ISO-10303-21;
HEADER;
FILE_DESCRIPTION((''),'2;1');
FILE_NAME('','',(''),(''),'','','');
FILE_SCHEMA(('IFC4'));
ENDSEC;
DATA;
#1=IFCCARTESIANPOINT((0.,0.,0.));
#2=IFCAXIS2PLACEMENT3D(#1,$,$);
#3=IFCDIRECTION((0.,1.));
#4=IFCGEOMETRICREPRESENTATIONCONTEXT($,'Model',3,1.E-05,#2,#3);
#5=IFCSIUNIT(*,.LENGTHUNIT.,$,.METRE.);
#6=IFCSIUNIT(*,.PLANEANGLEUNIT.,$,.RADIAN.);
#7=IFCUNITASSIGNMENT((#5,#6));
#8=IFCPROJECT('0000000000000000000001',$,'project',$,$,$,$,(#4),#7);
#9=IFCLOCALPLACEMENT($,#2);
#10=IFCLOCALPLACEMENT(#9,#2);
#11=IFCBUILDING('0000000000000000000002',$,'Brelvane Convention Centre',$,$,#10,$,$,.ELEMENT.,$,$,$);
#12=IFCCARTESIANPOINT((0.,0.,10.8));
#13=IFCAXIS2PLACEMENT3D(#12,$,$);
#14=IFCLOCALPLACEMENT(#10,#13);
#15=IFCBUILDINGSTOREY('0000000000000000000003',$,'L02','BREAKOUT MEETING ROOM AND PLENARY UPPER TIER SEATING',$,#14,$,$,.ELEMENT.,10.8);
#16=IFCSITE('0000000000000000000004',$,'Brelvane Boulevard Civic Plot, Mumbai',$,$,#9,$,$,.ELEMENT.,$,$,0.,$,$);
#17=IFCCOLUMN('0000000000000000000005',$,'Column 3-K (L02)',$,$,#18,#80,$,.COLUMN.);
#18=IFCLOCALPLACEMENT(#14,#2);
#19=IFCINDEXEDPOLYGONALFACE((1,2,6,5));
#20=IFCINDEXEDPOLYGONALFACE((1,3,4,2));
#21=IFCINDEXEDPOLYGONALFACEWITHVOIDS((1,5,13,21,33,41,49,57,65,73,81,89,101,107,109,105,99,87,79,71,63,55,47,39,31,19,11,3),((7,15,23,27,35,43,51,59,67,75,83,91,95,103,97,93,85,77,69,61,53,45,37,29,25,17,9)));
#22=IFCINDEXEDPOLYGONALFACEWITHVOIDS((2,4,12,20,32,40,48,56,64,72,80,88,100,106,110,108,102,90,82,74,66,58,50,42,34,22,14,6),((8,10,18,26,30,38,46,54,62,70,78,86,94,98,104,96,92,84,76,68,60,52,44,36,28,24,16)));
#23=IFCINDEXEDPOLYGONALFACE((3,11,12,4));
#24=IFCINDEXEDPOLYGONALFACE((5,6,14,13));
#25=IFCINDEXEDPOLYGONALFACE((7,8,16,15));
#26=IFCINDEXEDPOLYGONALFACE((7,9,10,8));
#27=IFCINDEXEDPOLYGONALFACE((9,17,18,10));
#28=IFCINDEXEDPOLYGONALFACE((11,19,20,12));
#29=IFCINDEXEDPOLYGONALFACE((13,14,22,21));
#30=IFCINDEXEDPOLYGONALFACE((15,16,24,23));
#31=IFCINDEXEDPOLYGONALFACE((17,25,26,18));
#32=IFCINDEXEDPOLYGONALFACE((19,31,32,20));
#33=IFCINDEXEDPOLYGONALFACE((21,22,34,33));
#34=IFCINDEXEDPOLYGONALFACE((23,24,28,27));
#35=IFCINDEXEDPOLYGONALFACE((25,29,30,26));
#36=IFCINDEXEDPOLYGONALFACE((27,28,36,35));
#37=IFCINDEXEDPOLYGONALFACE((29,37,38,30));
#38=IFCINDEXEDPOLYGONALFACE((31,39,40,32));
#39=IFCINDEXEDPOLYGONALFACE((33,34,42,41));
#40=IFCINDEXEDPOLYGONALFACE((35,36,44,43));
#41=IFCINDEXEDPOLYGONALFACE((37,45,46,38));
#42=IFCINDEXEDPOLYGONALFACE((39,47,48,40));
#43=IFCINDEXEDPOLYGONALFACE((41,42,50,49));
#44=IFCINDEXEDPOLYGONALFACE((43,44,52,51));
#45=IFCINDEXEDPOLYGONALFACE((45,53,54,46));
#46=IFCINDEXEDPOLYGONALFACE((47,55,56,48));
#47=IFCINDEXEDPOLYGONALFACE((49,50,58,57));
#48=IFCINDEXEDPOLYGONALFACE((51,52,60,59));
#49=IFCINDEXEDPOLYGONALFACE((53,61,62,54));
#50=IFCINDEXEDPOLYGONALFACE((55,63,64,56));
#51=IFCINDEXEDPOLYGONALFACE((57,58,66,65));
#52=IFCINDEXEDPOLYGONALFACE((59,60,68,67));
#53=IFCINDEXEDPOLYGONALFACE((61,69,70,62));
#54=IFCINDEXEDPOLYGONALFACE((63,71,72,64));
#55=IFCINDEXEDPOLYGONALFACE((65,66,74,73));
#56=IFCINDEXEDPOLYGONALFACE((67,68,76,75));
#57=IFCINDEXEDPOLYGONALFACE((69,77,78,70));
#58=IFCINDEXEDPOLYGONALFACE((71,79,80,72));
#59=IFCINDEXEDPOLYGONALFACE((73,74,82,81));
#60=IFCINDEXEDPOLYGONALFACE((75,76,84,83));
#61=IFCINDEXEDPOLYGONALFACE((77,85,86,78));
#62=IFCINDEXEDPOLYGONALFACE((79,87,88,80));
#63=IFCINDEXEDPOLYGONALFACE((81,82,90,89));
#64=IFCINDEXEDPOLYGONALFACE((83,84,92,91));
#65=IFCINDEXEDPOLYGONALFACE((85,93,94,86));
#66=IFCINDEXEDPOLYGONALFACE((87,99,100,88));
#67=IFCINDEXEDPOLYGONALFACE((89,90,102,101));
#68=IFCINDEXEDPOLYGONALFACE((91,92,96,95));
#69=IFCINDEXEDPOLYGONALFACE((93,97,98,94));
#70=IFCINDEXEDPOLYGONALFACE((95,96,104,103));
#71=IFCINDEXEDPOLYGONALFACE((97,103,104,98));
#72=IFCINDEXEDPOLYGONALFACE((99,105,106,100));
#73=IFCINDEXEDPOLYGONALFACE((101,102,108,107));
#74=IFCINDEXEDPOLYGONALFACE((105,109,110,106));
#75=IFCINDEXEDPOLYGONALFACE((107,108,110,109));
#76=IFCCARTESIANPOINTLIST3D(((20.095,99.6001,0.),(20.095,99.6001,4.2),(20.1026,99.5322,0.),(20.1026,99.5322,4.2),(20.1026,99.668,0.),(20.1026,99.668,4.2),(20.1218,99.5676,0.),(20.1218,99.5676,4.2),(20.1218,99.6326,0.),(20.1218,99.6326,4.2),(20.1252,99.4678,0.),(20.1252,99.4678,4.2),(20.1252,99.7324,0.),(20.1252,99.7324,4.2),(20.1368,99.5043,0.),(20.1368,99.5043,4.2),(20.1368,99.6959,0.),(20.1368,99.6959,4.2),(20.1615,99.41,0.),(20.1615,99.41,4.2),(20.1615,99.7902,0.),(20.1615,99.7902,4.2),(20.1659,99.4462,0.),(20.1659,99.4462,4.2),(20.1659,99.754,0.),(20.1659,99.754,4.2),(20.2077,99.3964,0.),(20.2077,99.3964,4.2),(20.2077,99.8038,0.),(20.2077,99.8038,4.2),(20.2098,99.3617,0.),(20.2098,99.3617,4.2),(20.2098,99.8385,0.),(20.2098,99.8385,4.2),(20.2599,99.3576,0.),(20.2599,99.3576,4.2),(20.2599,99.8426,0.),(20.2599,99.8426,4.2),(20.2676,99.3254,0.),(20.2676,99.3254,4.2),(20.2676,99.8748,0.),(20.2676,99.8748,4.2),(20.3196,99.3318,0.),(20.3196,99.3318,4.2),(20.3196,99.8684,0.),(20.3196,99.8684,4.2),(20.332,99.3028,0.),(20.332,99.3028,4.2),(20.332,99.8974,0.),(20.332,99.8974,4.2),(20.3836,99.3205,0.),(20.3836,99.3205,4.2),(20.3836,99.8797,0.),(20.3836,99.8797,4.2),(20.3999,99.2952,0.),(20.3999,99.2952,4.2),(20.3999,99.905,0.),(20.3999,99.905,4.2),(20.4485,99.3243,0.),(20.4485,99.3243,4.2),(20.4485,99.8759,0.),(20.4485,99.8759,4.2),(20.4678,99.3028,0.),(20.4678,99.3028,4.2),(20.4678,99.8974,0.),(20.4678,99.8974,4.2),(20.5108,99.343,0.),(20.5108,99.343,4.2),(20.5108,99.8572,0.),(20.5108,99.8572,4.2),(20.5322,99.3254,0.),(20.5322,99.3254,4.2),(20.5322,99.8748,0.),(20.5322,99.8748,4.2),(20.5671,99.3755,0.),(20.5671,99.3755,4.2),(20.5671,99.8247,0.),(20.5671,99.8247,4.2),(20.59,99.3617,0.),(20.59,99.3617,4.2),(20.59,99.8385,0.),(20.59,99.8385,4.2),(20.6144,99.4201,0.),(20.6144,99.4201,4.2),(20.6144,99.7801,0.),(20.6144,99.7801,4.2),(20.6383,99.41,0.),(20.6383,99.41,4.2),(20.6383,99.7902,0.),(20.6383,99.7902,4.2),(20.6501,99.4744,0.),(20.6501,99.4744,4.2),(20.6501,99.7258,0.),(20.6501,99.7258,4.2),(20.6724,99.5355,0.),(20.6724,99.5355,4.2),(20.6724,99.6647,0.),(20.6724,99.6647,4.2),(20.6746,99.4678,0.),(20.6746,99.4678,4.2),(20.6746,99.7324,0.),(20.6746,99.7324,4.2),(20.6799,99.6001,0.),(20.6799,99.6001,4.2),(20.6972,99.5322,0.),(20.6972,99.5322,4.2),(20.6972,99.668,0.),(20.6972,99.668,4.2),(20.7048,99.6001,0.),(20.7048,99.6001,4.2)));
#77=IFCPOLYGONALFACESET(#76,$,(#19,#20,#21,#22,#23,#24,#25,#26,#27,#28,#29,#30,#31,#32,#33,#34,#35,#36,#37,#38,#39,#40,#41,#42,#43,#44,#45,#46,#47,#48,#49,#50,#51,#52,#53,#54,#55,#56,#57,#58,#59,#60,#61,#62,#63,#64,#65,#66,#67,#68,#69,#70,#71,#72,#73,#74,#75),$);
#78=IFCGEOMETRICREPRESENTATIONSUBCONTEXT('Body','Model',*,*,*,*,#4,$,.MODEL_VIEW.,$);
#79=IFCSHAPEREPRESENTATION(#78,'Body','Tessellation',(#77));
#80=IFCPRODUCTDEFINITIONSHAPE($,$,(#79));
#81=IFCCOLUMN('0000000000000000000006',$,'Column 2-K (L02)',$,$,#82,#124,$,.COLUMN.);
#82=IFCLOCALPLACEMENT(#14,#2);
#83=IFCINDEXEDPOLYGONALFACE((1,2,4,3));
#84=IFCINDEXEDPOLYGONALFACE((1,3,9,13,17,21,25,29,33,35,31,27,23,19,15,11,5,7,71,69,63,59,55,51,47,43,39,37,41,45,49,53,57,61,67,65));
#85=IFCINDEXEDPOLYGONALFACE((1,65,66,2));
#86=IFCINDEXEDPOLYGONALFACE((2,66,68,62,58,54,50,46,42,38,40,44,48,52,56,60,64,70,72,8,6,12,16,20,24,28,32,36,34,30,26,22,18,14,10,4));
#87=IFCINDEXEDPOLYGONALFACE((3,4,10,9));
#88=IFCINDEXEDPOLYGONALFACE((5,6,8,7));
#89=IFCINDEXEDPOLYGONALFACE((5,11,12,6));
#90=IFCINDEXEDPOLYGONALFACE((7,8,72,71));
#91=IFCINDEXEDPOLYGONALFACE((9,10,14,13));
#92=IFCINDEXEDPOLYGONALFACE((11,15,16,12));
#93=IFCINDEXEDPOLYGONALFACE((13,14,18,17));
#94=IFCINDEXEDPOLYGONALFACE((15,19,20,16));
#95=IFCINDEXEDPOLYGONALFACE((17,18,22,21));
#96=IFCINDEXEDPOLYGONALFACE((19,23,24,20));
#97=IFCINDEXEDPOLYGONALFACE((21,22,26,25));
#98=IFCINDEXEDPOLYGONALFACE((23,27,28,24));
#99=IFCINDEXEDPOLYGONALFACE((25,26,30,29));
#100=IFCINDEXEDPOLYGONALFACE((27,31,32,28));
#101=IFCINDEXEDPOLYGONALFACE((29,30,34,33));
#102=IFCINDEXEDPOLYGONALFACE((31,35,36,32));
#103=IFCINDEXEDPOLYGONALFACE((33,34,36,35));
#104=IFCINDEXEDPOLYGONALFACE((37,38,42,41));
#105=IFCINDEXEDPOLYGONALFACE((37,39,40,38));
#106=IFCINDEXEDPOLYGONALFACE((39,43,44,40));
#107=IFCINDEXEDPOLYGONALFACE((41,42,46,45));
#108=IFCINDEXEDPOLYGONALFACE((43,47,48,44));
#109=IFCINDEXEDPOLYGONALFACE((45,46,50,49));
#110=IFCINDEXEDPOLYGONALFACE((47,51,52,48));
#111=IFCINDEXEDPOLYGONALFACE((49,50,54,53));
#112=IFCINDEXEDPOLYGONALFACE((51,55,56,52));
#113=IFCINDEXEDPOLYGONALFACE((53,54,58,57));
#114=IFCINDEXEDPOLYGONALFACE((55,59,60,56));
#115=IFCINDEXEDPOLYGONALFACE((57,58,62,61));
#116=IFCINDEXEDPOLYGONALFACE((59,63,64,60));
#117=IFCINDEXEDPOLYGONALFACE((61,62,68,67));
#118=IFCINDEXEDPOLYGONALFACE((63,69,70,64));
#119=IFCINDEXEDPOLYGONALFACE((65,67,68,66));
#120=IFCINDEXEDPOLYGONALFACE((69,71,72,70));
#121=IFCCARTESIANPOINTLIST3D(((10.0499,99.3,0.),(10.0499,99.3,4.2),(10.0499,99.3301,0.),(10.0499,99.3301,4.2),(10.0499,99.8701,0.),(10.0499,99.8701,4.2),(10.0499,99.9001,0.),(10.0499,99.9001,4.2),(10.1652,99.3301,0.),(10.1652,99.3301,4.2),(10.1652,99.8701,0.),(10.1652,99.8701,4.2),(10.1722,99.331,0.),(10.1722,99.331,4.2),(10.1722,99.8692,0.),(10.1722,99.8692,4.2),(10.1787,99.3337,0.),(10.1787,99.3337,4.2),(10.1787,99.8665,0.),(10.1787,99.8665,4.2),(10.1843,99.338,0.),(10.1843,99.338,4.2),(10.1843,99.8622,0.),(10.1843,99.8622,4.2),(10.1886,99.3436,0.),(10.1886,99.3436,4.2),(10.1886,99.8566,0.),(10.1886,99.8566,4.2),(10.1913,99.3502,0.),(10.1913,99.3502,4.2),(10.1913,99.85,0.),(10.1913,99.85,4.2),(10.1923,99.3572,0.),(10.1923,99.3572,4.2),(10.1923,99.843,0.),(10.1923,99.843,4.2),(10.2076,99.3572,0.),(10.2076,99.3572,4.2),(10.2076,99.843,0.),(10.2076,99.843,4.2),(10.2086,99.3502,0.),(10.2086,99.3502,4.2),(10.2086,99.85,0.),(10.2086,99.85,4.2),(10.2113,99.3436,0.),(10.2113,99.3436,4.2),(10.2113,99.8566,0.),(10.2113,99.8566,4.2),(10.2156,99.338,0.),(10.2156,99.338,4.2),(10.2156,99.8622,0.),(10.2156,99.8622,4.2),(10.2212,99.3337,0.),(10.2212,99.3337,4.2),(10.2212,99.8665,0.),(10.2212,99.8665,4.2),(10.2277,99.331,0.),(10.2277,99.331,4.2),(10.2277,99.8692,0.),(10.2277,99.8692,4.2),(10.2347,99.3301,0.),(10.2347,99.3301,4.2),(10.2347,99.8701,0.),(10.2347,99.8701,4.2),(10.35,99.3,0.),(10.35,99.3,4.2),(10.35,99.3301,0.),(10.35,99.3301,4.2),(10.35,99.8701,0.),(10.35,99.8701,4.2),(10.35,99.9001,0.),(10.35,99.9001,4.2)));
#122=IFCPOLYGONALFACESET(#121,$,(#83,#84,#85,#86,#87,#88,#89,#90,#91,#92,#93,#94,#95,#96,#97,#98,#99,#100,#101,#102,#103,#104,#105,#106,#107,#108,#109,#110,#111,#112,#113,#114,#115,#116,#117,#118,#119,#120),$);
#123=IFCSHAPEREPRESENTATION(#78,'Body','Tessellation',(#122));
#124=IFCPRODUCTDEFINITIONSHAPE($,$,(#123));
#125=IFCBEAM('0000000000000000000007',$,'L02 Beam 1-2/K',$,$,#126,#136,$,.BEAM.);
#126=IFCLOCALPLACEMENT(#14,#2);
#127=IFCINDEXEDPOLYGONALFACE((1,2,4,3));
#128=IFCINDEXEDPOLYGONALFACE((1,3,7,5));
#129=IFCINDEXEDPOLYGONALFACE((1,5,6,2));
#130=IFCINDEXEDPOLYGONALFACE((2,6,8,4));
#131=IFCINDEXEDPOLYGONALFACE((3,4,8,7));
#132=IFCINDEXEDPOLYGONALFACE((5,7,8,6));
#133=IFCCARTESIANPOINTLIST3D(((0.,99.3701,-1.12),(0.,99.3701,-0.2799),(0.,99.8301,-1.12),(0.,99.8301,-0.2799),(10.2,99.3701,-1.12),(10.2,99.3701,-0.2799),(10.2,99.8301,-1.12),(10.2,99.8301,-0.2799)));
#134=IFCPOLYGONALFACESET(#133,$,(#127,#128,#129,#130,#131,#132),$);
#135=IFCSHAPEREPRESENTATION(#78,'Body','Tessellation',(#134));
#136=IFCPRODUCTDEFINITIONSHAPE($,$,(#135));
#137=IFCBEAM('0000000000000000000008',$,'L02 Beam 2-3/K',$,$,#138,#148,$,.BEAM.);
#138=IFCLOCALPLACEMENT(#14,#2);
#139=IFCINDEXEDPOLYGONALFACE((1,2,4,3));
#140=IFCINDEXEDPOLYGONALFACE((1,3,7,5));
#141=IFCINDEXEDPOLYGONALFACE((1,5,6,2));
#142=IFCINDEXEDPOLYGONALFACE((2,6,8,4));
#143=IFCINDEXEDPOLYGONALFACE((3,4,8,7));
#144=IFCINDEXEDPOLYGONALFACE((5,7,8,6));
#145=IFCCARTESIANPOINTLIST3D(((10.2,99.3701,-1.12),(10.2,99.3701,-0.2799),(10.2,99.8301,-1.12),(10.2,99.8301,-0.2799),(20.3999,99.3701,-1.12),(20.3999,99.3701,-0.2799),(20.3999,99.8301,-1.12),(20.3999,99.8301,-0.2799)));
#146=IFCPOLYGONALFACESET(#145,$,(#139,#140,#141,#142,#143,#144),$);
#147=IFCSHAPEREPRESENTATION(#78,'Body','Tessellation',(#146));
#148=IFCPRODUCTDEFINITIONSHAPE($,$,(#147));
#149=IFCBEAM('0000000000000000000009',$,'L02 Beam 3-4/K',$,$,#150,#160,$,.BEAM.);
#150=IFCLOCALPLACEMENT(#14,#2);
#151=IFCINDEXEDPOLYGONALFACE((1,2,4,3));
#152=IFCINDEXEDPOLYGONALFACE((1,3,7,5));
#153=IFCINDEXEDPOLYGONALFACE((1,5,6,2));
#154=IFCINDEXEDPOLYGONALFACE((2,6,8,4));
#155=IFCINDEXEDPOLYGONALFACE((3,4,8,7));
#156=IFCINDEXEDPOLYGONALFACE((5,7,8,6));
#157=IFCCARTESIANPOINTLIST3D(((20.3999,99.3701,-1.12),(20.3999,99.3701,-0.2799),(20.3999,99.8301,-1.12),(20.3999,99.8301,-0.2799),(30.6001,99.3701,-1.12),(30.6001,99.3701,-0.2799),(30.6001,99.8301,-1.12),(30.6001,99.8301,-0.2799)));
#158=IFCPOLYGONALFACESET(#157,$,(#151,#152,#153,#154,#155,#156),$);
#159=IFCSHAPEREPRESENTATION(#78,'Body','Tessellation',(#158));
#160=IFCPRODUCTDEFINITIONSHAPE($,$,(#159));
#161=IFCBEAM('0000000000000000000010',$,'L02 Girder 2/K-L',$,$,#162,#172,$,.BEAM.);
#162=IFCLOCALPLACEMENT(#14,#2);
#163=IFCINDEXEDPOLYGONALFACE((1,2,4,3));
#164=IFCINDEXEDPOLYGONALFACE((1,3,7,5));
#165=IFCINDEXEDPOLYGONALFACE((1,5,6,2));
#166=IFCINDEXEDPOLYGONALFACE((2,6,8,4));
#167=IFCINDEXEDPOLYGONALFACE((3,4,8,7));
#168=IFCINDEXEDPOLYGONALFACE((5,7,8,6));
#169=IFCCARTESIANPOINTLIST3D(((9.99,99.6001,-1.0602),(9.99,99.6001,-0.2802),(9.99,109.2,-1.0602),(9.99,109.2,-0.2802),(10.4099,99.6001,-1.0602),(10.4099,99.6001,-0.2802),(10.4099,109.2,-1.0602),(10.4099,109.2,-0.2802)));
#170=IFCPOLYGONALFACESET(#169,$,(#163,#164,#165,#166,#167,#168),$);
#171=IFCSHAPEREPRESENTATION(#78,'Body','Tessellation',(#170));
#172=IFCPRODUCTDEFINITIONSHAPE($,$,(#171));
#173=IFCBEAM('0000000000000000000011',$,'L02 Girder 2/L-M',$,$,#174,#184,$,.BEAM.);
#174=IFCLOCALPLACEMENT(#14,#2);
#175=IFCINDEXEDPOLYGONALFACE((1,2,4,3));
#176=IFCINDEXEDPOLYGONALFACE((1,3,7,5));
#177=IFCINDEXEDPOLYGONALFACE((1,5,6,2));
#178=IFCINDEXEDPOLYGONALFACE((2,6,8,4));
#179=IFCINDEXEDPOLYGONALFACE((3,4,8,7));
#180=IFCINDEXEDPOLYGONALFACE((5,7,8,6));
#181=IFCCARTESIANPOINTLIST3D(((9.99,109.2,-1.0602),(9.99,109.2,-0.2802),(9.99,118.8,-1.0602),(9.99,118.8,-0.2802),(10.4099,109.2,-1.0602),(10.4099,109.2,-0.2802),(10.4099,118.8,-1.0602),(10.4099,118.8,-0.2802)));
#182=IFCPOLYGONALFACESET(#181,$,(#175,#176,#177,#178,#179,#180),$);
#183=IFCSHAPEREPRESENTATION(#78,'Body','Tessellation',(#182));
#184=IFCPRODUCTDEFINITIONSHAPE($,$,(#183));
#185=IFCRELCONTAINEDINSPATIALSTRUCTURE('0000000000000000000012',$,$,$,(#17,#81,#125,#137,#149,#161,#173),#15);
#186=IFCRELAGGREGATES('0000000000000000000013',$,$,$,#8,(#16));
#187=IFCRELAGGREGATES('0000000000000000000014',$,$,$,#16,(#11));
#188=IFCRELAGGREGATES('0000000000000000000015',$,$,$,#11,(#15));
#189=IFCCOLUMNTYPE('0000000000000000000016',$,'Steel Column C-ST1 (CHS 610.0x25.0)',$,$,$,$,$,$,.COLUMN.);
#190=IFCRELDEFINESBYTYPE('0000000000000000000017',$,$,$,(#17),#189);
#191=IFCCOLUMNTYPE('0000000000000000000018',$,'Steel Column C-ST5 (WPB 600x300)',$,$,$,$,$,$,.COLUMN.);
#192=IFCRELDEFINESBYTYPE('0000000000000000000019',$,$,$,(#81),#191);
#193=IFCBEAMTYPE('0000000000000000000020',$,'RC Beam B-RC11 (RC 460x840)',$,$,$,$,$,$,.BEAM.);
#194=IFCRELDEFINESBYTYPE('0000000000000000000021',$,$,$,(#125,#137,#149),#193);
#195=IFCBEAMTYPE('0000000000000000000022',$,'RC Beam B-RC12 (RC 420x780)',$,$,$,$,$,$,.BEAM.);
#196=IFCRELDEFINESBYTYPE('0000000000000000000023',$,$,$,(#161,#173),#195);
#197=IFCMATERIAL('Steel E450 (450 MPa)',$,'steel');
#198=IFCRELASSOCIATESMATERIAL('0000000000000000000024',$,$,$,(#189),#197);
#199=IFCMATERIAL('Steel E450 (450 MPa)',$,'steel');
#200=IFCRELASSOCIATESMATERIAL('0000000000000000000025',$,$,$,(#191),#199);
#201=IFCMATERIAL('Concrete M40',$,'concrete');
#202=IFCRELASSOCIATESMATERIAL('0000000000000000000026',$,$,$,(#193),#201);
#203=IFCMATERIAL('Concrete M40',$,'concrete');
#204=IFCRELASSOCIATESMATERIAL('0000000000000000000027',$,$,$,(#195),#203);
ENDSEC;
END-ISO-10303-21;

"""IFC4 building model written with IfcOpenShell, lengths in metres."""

from ifc_helpers import new_model, si_unit, direction, frame, origin, origin_2d, place, context, subcontext, project, spatial, rectangle, hollow_circle, i_section, extrude, material, material_profile, profile_set, type_object, element, save


model = new_model("IFC4")

# Units and contexts
model_context = context("Model", 3, precision=1e-05, world=origin(), true_north=direction((0.0, 1.0)))
body_context = subcontext(model_context, "Body", "Model", "MODEL_VIEW")
ifc_project = project(units=[si_unit("LENGTHUNIT", "METRE"), si_unit("PLANEANGLEUNIT", "RADIAN")], contexts=[model_context])

# Site, building, storey
site_placement = place(None, origin())
site = spatial("IfcSite", under=ifc_project, at=site_placement, Name="Brelvane Boulevard Civic Plot, Mumbai", CompositionType="ELEMENT", RefElevation=0.0)
building_placement = place(site_placement, origin())
building = spatial("IfcBuilding", under=site, at=building_placement, Name="Brelvane Convention Centre", CompositionType="ELEMENT")
storey_placement = place(building_placement, frame((0.0, 0.0, 10.8)))
storey = spatial("IfcBuildingStorey", under=building, at=storey_placement, Name="L02", Description="BREAKOUT MEETING ROOM AND PLENARY UPPER TIER SEATING", CompositionType="ELEMENT", Elevation=10.8)

# Columns
ifc_material_1 = material(Name="Steel E450 (450 MPa)", Category="steel")
ifc_material_profile_1 = material_profile(ifc_material_1, hollow_circle(Radius=0.3049, WallThickness=0.0249, at=origin_2d()), Name="CHS 610.0x25.0")
ifc_profile_set_1 = profile_set([ifc_material_profile_1], Name="Steel E450 (450 MPa)")
column_type_1 = type_object("IfcColumnType", Name="Steel Column C-ST1 (CHS 610.0x25.0)", PredefinedType="COLUMN", material=ifc_profile_set_1)
for number, where, z_axis, x_axis, name in (
    (1, (20.3999, 99.6001, 0.0), (0.0, 0.0, 1.0), (1.0, 0.0, 0.0), "Column 3-K (L02)"),
):
    element("IfcColumn", number, at=place(storey_placement, frame(where, z_axis=z_axis, x_axis=x_axis)), inside=storey, type_object=column_type_1, Name=name, PredefinedType="COLUMN", context=body_context, shape_type="SweptSolid", body=[
        extrude(hollow_circle(Radius=0.3049, WallThickness=0.0249, at=origin_2d()), origin(), (0.0, 0.0, 1.0), 4.2),
    ])
ifc_material_2 = material(Name="Steel E450 (450 MPa)", Category="steel")
ifc_material_profile_2 = material_profile(ifc_material_2, i_section(OverallWidth=0.3, OverallDepth=0.6001, WebThickness=0.0154, FlangeThickness=0.03, FilletRadius=0.0271, at=origin_2d()), Name="WPB 600x300")
ifc_profile_set_2 = profile_set([ifc_material_profile_2], Name="Steel E450 (450 MPa)")
column_type_2 = type_object("IfcColumnType", Name="Steel Column C-ST5 (WPB 600x300)", PredefinedType="COLUMN", material=ifc_profile_set_2)
column_placement = place(storey_placement, frame((10.2, 99.6001, 0.0), z_axis=(0.0, 0.0, 1.0), x_axis=(1.0, 0.0, 0.0)))
element("IfcColumn", 2, at=column_placement, inside=storey, type_object=column_type_2, Name="Column 2-K (L02)", PredefinedType="COLUMN", context=body_context, shape_type="SweptSolid", body=[
    extrude(i_section(OverallWidth=0.3, OverallDepth=0.6001, WebThickness=0.0154, FlangeThickness=0.03, FilletRadius=0.0271, at=origin_2d()), origin(), (0.0, 0.0, 1.0), 4.2),
])

# Beams
ifc_material_3 = material(Name="Concrete M40", Category="concrete")
ifc_material_profile_3 = material_profile(ifc_material_3, rectangle(XDim=0.46, YDim=0.8401, at=origin_2d()), Name="RC 460x840")
ifc_profile_set_3 = profile_set([ifc_material_profile_3], Name="Concrete M40")
beam_type_1 = type_object("IfcBeamType", Name="RC Beam B-RC11 (RC 460x840)", PredefinedType="BEAM", material=ifc_profile_set_3)
for number, where, z_axis, x_axis, name in (
    (3, (0.0, 99.6001, -0.7), (1.0, 0.0, 0.0), (0.0, 1.0, 0.0), "L02 Beam 1-2/K"),
    (4, (10.2, 99.6001, -0.7), (1.0, 0.0, 0.0), (0.0, 1.0, 0.0), "L02 Beam 2-3/K"),
):
    element("IfcBeam", number, at=place(storey_placement, frame(where, z_axis=z_axis, x_axis=x_axis)), inside=storey, type_object=beam_type_1, Name=name, PredefinedType="BEAM", context=body_context, shape_type="SweptSolid", body=[
        extrude(rectangle(XDim=0.46, YDim=0.8401, at=origin_2d()), origin(), (0.0, 0.0, 1.0), 10.2),
    ])
beam_1_placement = place(storey_placement, frame((20.3999, 99.6001, -0.7), z_axis=(1.0, 0.0, 0.0), x_axis=(0.0, 1.0, 0.0)))
element("IfcBeam", 5, at=beam_1_placement, inside=storey, type_object=beam_type_1, Name="L02 Beam 3-4/K", PredefinedType="BEAM", context=body_context, shape_type="SweptSolid", body=[
    extrude(rectangle(XDim=0.46, YDim=0.8401, at=origin_2d()), origin(), (0.0, 0.0, 1.0), 10.2002),
])
ifc_material_4 = material(Name="Concrete M40", Category="concrete")
ifc_material_profile_4 = material_profile(ifc_material_4, rectangle(XDim=0.4199, YDim=0.78, at=origin_2d()), Name="RC 420x780")
ifc_profile_set_4 = profile_set([ifc_material_profile_4], Name="Concrete M40")
beam_type_2 = type_object("IfcBeamType", Name="RC Beam B-RC12 (RC 420x780)", PredefinedType="BEAM", material=ifc_profile_set_4)
beam_2_placement = place(storey_placement, frame((10.2, 99.6001, -0.6702), z_axis=(0.0, 1.0, 0.0), x_axis=(-1.0, 0.0, 0.0)))
element("IfcBeam", 6, at=beam_2_placement, inside=storey, type_object=beam_type_2, Name="L02 Girder 2/K-L", PredefinedType="BEAM", context=body_context, shape_type="SweptSolid", body=[
    extrude(rectangle(XDim=0.4199, YDim=0.78, at=origin_2d()), origin(), (0.0, 0.0, 1.0), 9.5999),
])
beam_3_placement = place(storey_placement, frame((10.2, 109.2, -0.6702), z_axis=(0.0, 1.0, 0.0), x_axis=(-1.0, 0.0, 0.0)))
element("IfcBeam", 7, at=beam_3_placement, inside=storey, type_object=beam_type_2, Name="L02 Girder 2/L-M", PredefinedType="BEAM", context=body_context, shape_type="SweptSolid", body=[
    extrude(rectangle(XDim=0.4199, YDim=0.78, at=origin_2d()), origin(), (0.0, 0.0, 1.0), 9.6001),
])

save(model, "model.ifc")
